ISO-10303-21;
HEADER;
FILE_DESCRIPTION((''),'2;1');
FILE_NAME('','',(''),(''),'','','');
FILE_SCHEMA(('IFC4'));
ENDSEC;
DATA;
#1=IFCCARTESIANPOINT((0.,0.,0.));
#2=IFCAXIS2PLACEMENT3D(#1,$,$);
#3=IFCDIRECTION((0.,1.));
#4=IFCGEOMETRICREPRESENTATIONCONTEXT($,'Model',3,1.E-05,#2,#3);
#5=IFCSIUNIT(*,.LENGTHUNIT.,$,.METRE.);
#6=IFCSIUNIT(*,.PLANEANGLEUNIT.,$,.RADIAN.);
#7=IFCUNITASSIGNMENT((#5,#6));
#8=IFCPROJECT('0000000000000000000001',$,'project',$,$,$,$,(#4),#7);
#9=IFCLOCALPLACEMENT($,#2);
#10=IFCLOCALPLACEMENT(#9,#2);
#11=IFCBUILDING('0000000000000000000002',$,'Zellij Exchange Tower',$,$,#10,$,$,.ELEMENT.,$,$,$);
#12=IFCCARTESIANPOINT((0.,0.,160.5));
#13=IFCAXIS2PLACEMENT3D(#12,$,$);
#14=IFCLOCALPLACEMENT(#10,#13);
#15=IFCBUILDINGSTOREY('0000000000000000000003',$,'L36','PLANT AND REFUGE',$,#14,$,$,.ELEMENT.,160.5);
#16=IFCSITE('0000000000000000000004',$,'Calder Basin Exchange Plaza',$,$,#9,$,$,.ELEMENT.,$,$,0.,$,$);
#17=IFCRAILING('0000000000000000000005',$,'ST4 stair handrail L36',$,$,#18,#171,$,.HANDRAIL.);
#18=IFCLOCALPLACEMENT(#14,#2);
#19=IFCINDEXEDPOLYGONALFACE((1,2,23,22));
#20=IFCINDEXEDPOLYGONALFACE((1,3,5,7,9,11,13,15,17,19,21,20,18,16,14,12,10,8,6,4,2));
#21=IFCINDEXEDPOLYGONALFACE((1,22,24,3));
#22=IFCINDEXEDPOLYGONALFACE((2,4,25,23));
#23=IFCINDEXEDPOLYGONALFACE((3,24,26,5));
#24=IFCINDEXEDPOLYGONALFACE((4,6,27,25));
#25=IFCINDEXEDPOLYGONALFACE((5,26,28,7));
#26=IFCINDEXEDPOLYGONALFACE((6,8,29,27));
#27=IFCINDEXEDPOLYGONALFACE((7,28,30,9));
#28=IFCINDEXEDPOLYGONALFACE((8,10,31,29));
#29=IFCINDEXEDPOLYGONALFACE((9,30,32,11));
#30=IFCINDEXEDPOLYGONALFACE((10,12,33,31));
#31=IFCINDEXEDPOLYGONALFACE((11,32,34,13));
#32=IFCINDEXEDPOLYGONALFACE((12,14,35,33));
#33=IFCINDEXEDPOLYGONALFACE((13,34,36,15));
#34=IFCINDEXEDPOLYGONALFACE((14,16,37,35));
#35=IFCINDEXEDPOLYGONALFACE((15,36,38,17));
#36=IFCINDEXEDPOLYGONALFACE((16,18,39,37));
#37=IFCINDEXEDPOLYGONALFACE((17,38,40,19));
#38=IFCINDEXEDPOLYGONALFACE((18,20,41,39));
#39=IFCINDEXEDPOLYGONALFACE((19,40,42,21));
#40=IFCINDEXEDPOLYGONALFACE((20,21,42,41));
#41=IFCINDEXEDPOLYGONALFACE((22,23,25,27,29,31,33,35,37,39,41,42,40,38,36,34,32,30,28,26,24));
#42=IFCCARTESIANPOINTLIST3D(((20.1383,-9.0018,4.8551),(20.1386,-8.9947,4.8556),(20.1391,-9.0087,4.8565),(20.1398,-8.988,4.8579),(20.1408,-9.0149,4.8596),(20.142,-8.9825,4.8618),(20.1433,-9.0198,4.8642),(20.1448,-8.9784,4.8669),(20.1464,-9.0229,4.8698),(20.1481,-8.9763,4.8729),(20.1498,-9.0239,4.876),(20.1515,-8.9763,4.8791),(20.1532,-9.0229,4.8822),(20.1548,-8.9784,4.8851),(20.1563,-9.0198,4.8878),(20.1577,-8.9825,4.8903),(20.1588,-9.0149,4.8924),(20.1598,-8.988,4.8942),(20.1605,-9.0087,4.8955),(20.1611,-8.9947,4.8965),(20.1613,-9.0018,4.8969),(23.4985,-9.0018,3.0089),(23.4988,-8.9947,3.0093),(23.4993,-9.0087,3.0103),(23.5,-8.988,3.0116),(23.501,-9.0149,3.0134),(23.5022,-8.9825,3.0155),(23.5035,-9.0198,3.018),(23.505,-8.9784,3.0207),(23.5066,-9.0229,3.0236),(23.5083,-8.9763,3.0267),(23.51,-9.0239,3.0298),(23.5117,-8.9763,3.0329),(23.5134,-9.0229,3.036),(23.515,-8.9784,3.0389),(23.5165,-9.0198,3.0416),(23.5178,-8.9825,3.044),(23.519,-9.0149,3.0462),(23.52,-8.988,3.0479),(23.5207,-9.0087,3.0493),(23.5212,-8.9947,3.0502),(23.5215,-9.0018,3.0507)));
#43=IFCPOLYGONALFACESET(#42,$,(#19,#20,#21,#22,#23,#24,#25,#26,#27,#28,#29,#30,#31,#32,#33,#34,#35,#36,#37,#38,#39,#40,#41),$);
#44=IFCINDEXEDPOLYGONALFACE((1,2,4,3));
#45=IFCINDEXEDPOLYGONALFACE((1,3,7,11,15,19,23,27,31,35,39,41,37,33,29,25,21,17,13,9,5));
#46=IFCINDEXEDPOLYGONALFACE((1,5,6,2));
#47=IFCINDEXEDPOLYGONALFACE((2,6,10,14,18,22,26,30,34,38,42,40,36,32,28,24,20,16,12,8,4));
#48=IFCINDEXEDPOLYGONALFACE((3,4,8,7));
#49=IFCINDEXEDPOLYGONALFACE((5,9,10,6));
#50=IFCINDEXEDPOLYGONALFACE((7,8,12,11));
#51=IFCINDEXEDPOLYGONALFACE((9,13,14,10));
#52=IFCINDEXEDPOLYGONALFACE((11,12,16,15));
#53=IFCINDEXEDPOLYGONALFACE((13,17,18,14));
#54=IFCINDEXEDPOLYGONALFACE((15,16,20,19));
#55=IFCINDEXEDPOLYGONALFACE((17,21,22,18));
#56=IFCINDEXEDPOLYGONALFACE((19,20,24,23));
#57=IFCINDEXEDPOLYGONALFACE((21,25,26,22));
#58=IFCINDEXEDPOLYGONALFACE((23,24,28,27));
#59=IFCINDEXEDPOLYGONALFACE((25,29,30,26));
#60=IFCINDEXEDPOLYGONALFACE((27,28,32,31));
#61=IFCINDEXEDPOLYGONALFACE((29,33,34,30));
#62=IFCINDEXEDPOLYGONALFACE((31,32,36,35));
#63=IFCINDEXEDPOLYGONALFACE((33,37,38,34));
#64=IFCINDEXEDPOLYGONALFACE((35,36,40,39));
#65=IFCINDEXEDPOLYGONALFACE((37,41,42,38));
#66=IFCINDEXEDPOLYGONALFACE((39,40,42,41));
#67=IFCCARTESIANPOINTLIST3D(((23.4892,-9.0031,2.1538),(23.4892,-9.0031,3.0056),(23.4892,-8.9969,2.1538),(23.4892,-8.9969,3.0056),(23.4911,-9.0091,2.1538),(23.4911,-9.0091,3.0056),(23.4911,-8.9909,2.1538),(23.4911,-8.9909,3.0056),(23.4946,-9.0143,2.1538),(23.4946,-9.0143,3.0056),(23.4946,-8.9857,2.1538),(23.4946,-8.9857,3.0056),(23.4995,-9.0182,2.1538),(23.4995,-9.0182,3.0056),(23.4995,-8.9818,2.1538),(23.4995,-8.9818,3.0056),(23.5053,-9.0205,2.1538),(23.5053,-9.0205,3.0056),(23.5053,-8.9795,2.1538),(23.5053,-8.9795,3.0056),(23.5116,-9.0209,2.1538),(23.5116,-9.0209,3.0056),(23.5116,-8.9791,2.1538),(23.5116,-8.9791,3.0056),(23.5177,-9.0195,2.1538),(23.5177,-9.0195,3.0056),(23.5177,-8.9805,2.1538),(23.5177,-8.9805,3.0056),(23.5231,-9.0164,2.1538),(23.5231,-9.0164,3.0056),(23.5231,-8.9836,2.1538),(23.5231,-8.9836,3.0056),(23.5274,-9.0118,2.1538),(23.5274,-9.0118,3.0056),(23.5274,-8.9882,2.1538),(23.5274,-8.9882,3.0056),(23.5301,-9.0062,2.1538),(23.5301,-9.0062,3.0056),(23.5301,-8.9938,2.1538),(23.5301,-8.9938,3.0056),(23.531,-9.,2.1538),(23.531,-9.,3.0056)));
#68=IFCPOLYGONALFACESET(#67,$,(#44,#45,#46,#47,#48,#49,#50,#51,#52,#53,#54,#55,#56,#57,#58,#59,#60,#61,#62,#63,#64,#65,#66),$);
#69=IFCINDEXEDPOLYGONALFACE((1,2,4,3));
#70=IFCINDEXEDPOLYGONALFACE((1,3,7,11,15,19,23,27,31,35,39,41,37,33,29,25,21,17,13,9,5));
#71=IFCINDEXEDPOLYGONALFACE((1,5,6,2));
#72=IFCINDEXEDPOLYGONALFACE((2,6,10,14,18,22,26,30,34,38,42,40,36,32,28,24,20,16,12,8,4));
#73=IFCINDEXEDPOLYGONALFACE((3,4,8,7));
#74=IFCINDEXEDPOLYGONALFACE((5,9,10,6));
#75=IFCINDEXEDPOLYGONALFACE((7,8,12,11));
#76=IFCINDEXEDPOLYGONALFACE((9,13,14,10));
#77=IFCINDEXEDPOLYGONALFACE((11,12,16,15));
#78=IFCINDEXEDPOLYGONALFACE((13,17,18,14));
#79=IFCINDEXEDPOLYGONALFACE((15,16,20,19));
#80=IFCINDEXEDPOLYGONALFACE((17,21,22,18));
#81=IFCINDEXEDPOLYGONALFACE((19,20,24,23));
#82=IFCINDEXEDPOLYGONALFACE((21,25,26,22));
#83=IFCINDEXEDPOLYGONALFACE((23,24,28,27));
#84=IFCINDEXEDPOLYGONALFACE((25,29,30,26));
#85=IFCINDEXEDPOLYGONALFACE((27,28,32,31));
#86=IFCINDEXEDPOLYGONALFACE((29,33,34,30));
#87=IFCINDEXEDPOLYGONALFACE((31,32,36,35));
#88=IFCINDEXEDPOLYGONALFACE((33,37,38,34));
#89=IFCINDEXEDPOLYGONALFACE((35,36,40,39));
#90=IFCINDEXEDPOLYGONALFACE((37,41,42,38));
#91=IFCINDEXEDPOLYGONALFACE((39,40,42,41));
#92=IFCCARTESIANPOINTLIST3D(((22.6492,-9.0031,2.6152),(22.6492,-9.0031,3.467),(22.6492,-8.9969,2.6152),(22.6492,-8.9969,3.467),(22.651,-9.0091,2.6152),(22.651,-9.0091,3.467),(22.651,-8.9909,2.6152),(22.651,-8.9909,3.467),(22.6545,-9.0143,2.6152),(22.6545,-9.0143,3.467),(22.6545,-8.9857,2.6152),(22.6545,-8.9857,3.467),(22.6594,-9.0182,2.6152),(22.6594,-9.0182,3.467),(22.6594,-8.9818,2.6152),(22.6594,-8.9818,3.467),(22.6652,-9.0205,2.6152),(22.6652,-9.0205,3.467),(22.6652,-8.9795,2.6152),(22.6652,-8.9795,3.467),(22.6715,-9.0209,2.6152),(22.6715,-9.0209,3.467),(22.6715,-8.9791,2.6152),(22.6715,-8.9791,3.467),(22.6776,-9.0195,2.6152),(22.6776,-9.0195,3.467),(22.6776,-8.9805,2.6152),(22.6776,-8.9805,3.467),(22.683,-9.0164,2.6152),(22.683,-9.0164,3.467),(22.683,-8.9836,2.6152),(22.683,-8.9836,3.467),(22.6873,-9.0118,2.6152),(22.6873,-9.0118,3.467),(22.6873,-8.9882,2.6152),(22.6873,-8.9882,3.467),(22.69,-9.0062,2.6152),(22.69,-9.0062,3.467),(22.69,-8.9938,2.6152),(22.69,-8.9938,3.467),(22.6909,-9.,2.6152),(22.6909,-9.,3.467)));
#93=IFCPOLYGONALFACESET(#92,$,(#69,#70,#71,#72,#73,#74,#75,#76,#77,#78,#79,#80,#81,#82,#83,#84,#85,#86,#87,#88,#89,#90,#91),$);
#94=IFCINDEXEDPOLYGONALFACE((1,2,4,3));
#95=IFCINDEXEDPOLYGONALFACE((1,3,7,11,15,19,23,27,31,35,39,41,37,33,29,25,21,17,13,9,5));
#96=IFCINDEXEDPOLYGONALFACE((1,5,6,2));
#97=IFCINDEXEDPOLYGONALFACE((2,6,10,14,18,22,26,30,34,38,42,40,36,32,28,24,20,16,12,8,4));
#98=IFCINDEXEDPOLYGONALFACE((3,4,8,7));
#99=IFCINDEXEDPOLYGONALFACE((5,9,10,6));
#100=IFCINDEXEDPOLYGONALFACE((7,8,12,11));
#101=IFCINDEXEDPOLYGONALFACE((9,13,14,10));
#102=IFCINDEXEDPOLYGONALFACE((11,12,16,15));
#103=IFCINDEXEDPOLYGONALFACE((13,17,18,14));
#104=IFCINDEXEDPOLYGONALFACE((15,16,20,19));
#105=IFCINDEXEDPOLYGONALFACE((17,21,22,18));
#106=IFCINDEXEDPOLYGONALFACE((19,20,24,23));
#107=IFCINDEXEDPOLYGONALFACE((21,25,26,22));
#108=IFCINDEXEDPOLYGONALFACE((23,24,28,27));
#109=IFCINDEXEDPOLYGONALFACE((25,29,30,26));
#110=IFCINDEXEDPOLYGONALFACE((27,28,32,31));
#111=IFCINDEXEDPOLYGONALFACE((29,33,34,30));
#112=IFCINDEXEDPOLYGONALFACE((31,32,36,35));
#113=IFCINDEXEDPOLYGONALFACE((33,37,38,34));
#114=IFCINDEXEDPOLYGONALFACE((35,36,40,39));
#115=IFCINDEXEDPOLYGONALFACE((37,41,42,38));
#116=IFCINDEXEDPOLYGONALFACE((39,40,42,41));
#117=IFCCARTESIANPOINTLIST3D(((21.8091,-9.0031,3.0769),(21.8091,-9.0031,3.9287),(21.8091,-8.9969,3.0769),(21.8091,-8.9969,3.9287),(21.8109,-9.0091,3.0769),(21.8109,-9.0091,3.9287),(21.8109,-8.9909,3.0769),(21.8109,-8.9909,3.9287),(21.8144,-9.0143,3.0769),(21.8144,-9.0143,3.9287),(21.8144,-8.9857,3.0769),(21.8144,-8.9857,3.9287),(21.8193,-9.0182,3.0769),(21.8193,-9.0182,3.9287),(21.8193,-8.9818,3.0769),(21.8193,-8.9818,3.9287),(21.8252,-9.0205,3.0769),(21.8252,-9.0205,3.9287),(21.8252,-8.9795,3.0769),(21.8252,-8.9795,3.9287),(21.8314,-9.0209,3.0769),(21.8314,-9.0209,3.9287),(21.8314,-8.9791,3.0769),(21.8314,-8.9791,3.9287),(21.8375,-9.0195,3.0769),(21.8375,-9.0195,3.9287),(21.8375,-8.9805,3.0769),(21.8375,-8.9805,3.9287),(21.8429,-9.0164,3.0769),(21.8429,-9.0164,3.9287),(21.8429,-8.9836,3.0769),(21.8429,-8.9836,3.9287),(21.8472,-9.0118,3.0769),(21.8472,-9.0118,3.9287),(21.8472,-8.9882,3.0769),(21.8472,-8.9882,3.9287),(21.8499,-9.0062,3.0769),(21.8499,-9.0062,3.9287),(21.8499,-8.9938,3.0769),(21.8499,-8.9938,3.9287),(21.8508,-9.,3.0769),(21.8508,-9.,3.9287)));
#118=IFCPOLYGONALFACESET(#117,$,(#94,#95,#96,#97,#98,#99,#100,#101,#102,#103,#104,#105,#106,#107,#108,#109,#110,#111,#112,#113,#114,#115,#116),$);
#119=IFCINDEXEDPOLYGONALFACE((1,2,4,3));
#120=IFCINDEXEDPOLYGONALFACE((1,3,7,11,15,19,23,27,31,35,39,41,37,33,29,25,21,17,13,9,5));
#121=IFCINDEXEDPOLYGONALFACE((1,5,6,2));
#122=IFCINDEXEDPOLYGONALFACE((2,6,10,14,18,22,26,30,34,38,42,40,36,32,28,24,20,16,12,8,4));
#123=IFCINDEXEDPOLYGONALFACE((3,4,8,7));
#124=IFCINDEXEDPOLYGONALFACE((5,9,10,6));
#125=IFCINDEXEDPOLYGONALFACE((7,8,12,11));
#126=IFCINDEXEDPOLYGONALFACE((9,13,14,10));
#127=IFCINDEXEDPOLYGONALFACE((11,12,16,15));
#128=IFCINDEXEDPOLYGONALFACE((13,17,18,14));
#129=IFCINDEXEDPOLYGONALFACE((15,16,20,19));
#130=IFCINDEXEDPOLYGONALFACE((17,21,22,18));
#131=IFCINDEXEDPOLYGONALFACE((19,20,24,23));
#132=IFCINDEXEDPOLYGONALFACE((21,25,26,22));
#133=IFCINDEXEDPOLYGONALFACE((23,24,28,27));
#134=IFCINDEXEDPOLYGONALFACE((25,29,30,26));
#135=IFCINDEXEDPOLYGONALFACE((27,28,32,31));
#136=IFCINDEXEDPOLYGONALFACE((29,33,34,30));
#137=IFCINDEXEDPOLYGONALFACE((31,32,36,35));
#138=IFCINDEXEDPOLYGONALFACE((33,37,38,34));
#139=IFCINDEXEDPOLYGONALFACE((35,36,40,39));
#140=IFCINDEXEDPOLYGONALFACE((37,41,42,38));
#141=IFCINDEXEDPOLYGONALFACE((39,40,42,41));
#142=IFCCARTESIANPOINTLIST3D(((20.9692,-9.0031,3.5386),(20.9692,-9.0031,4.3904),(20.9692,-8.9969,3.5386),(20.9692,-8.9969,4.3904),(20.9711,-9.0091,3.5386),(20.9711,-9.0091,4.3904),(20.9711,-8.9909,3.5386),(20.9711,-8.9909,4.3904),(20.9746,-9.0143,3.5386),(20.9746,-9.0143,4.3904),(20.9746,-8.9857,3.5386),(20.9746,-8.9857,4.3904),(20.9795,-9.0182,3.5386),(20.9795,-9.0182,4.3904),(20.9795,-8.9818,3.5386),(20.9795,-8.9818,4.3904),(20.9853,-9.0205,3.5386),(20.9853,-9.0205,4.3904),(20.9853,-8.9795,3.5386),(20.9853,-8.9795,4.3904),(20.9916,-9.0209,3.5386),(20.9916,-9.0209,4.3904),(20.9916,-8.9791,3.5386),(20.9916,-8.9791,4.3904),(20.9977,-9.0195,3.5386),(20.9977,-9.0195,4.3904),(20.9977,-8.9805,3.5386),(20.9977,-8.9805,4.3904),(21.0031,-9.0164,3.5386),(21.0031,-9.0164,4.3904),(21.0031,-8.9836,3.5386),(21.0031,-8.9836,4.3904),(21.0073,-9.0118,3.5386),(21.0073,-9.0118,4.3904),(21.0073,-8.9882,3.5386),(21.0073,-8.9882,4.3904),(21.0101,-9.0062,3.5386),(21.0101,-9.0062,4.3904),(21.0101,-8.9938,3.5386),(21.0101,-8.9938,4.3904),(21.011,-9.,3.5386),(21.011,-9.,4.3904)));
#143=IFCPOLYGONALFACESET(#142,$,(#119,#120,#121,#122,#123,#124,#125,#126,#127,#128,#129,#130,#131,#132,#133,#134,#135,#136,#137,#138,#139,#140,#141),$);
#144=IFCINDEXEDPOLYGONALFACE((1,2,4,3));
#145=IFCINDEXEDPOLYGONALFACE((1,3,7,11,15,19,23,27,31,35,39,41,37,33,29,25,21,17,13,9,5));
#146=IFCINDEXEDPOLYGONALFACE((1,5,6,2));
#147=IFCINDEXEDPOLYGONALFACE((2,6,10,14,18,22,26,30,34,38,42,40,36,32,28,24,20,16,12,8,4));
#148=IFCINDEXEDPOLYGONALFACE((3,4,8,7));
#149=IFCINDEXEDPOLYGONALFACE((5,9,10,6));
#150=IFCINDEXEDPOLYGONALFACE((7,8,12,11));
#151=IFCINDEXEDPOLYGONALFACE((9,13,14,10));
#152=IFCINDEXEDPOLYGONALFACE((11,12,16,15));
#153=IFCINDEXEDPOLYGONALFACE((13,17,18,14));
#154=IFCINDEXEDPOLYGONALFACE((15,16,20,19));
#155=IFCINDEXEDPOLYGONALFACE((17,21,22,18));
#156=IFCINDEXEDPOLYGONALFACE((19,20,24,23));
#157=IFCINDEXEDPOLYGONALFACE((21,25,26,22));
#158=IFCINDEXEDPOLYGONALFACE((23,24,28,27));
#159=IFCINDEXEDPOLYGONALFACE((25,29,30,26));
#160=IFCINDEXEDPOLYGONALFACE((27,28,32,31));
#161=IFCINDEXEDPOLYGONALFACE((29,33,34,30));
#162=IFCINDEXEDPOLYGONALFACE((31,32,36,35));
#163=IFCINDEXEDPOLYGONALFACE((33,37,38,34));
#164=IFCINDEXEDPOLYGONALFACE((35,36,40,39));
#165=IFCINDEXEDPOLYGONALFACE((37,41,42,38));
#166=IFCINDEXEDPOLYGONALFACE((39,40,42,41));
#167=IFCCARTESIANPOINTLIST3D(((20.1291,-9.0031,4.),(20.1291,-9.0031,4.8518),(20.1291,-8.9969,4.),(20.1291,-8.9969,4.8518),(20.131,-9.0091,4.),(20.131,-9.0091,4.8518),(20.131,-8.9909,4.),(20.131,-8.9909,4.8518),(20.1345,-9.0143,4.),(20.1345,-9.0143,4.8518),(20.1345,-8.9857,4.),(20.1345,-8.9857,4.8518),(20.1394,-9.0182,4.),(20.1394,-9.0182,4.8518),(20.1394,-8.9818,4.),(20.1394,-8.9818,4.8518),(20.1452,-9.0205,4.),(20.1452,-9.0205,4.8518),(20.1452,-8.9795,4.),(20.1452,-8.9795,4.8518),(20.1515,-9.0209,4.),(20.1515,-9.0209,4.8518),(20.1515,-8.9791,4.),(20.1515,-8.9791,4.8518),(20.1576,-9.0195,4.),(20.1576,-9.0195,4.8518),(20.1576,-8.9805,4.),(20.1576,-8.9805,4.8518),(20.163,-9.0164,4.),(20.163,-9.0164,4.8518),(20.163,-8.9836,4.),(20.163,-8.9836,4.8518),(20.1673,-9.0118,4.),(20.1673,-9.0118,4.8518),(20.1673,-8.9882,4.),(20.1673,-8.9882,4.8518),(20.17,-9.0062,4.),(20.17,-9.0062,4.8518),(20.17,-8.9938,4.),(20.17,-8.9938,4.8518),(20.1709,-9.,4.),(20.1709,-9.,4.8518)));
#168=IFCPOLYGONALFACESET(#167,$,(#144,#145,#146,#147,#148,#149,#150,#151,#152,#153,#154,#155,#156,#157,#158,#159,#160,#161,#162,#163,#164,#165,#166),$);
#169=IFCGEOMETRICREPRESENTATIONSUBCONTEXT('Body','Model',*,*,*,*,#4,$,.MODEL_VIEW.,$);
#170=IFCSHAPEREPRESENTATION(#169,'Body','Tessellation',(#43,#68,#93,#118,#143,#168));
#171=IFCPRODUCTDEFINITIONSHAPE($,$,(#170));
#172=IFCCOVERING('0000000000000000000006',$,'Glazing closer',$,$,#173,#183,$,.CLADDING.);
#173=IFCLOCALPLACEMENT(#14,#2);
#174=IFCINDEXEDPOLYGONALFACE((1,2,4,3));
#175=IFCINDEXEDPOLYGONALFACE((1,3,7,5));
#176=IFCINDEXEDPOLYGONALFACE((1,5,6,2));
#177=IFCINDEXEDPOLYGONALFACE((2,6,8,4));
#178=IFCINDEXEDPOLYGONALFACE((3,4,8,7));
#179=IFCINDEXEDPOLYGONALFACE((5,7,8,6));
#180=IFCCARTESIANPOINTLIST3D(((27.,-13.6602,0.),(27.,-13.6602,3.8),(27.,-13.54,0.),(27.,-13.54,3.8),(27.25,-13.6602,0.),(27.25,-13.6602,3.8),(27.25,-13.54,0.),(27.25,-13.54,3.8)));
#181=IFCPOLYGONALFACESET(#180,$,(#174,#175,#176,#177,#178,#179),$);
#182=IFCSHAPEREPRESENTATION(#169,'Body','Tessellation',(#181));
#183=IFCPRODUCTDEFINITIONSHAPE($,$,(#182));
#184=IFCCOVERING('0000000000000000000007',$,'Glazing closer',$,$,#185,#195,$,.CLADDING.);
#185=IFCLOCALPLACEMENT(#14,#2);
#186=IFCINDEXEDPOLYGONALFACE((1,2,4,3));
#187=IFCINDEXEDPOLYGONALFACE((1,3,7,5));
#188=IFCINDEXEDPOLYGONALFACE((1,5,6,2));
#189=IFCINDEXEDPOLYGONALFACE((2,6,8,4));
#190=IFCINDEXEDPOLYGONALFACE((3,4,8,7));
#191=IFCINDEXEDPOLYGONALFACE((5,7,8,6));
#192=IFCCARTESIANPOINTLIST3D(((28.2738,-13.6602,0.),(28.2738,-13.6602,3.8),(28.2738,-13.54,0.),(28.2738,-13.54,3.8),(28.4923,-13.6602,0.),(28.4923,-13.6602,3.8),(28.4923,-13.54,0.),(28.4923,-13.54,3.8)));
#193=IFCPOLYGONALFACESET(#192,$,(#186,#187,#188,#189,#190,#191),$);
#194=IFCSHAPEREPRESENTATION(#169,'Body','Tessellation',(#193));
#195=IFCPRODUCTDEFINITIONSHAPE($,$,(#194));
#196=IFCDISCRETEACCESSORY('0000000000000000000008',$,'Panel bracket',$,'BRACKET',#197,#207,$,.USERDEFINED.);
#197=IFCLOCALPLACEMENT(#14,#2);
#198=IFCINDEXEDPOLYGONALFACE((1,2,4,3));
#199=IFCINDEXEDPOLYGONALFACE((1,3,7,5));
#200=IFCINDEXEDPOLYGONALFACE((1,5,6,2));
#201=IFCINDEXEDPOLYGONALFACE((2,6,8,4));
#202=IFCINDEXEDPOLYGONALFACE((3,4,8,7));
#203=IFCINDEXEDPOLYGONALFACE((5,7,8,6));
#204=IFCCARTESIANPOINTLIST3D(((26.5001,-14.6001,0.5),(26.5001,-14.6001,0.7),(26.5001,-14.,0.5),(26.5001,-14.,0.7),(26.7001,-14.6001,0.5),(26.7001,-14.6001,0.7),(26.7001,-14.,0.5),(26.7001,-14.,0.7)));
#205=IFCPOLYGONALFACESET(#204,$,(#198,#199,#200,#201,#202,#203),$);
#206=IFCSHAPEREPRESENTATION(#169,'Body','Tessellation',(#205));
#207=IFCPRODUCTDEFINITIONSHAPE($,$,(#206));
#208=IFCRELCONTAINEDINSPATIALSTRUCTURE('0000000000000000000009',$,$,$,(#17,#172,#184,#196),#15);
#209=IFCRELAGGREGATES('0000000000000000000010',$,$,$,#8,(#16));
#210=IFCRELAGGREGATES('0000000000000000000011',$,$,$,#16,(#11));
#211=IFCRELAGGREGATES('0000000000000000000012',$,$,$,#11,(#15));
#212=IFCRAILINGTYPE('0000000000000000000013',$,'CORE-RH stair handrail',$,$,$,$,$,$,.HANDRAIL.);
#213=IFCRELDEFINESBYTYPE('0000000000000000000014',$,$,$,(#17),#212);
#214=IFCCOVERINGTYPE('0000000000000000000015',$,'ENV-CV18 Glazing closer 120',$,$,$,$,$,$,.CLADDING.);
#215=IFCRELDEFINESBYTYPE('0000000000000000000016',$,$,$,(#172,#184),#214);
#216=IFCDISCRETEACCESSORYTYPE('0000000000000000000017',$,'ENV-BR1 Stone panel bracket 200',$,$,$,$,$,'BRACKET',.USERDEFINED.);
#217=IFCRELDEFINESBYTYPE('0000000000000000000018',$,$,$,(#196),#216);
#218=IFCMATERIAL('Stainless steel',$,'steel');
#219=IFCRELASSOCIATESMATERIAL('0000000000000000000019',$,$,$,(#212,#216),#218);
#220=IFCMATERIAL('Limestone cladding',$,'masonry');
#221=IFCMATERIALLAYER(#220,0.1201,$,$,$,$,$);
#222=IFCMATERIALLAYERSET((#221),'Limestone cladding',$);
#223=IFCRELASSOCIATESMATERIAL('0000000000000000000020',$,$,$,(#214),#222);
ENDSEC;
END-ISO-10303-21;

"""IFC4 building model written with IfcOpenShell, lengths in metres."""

from ifc_helpers import new_model, si_unit, direction, frame, origin, origin_2d, place, context, subcontext, project, spatial, rectangle, circle, extrude, material, layer, layer_set, type_object, element, save


model = new_model("IFC4")

# Units and contexts
model_context = context("Model", 3, precision=1e-05, world=origin(), true_north=direction((0.0, 1.0)))
body_context = subcontext(model_context, "Body", "Model", "MODEL_VIEW")
ifc_project = project(units=[si_unit("LENGTHUNIT", "METRE"), si_unit("PLANEANGLEUNIT", "RADIAN")], contexts=[model_context])

# Site, building, storey
site_placement = place(None, origin())
site = spatial("IfcSite", under=ifc_project, at=site_placement, Name="Calder Basin Exchange Plaza", CompositionType="ELEMENT", RefElevation=0.0)
building_placement = place(site_placement, origin())
building = spatial("IfcBuilding", under=site, at=building_placement, Name="Zellij Exchange Tower", CompositionType="ELEMENT")
storey_placement = place(building_placement, frame((0.0, 0.0, 160.5)))
storey = spatial("IfcBuildingStorey", under=building, at=storey_placement, Name="L36", Description="PLANT AND REFUGE", CompositionType="ELEMENT", Elevation=160.5)

# Railing
ifc_material_1 = material(Name="Stainless steel", Category="steel")
railing_type_1 = type_object("IfcRailingType", Name="CORE-RH stair handrail", PredefinedType="HANDRAIL", material=ifc_material_1)
railing_1_placement = place(storey_placement, frame((23.51, -9.0, 2.1538)))
element("IfcRailing", 1, at=railing_1_placement, inside=storey, type_object=railing_type_1, Name="ST4 stair handrail L36", PredefinedType="HANDRAIL", context=body_context, shape_type="SweptSolid", body=[
    extrude(circle(Radius=0.0239, at=origin_2d()), frame((0.0, 0.0, 0.876), z_axis=(-0.876422, 0.0, 0.481545), x_axis=(0.0, -1.0, 0.0)), (0.0, 0.0, 1.0), 3.834),
    extrude(circle(Radius=0.021, at=origin_2d()), origin(), (0.0, 0.0, 1.0), 0.8518),
    extrude(circle(Radius=0.021, at=origin_2d()), frame((-0.8401, 0.0, 0.4614)), (0.0, 0.0, 1.0), 0.8518),
    extrude(circle(Radius=0.021, at=origin_2d()), frame((-1.6802, 0.0, 0.9231)), (0.0, 0.0, 1.0), 0.8518),
    extrude(circle(Radius=0.021, at=origin_2d()), frame((-2.52, 0.0, 1.3848)), (0.0, 0.0, 1.0), 0.8518),
    extrude(circle(Radius=0.021, at=origin_2d()), frame((-3.3601, 0.0, 1.8462)), (0.0, 0.0, 1.0), 0.8518),
])

# Coverings
ifc_material_2 = material(Name="Limestone cladding", Category="masonry")
ifc_layer_1 = layer(ifc_material_2, 0.1201)
ifc_layer_set_1 = layer_set([ifc_layer_1], Name="Limestone cladding")
covering_type = type_object("IfcCoveringType", Name="ENV-CV18 Glazing closer 120", PredefinedType="CLADDING", material=ifc_layer_set_1)
covering_1_placement = place(storey_placement, frame((27.125, -13.6001, 0.0), z_axis=(0.0, 0.0, 1.0), x_axis=(-1.0, 0.0, 0.0)))
element("IfcCovering", 2, at=covering_1_placement, inside=storey, type_object=covering_type, Name="Glazing closer", PredefinedType="CLADDING", context=body_context, shape_type="SweptSolid", body=[
    extrude(rectangle(XDim=0.25, YDim=0.1201, at=origin_2d()), origin(), (0.0, 0.0, 1.0), 3.8),
])
covering_2_placement = place(storey_placement, frame((28.3831, -13.6001, 0.0), z_axis=(0.0, 0.0, 1.0), x_axis=(1.0, 0.0, 0.0)))
element("IfcCovering", 3, at=covering_2_placement, inside=storey, type_object=covering_type, Name="Glazing closer", PredefinedType="CLADDING", context=body_context, shape_type="SweptSolid", body=[
    extrude(rectangle(XDim=0.2185, YDim=0.1201, at=origin_2d()), origin(), (0.0, 0.0, 1.0), 3.8),
])

# Discrete accessory
discrete_accessory_type = type_object("IfcDiscreteAccessoryType", Name="ENV-BR1 Stone panel bracket 200", ElementType="BRACKET", PredefinedType="USERDEFINED", material=ifc_material_1)
for number, where, z_axis, x_axis, name in (
    (4, (26.6001, -14.3, 0.5), (0.0, 0.0, 1.0), (1.0, 0.0, 0.0), "Panel bracket"),
):
    element("IfcDiscreteAccessory", number, at=place(storey_placement, frame(where, z_axis=z_axis, x_axis=x_axis)), inside=storey, type_object=discrete_accessory_type, Name=name, ObjectType="BRACKET", PredefinedType="USERDEFINED", context=body_context, shape_type="SweptSolid", body=[
        extrude(rectangle(XDim=0.2, YDim=0.6001, at=origin_2d()), origin(), (0.0, 0.0, 1.0), 0.2),
    ])

save(model, "model.ifc")
